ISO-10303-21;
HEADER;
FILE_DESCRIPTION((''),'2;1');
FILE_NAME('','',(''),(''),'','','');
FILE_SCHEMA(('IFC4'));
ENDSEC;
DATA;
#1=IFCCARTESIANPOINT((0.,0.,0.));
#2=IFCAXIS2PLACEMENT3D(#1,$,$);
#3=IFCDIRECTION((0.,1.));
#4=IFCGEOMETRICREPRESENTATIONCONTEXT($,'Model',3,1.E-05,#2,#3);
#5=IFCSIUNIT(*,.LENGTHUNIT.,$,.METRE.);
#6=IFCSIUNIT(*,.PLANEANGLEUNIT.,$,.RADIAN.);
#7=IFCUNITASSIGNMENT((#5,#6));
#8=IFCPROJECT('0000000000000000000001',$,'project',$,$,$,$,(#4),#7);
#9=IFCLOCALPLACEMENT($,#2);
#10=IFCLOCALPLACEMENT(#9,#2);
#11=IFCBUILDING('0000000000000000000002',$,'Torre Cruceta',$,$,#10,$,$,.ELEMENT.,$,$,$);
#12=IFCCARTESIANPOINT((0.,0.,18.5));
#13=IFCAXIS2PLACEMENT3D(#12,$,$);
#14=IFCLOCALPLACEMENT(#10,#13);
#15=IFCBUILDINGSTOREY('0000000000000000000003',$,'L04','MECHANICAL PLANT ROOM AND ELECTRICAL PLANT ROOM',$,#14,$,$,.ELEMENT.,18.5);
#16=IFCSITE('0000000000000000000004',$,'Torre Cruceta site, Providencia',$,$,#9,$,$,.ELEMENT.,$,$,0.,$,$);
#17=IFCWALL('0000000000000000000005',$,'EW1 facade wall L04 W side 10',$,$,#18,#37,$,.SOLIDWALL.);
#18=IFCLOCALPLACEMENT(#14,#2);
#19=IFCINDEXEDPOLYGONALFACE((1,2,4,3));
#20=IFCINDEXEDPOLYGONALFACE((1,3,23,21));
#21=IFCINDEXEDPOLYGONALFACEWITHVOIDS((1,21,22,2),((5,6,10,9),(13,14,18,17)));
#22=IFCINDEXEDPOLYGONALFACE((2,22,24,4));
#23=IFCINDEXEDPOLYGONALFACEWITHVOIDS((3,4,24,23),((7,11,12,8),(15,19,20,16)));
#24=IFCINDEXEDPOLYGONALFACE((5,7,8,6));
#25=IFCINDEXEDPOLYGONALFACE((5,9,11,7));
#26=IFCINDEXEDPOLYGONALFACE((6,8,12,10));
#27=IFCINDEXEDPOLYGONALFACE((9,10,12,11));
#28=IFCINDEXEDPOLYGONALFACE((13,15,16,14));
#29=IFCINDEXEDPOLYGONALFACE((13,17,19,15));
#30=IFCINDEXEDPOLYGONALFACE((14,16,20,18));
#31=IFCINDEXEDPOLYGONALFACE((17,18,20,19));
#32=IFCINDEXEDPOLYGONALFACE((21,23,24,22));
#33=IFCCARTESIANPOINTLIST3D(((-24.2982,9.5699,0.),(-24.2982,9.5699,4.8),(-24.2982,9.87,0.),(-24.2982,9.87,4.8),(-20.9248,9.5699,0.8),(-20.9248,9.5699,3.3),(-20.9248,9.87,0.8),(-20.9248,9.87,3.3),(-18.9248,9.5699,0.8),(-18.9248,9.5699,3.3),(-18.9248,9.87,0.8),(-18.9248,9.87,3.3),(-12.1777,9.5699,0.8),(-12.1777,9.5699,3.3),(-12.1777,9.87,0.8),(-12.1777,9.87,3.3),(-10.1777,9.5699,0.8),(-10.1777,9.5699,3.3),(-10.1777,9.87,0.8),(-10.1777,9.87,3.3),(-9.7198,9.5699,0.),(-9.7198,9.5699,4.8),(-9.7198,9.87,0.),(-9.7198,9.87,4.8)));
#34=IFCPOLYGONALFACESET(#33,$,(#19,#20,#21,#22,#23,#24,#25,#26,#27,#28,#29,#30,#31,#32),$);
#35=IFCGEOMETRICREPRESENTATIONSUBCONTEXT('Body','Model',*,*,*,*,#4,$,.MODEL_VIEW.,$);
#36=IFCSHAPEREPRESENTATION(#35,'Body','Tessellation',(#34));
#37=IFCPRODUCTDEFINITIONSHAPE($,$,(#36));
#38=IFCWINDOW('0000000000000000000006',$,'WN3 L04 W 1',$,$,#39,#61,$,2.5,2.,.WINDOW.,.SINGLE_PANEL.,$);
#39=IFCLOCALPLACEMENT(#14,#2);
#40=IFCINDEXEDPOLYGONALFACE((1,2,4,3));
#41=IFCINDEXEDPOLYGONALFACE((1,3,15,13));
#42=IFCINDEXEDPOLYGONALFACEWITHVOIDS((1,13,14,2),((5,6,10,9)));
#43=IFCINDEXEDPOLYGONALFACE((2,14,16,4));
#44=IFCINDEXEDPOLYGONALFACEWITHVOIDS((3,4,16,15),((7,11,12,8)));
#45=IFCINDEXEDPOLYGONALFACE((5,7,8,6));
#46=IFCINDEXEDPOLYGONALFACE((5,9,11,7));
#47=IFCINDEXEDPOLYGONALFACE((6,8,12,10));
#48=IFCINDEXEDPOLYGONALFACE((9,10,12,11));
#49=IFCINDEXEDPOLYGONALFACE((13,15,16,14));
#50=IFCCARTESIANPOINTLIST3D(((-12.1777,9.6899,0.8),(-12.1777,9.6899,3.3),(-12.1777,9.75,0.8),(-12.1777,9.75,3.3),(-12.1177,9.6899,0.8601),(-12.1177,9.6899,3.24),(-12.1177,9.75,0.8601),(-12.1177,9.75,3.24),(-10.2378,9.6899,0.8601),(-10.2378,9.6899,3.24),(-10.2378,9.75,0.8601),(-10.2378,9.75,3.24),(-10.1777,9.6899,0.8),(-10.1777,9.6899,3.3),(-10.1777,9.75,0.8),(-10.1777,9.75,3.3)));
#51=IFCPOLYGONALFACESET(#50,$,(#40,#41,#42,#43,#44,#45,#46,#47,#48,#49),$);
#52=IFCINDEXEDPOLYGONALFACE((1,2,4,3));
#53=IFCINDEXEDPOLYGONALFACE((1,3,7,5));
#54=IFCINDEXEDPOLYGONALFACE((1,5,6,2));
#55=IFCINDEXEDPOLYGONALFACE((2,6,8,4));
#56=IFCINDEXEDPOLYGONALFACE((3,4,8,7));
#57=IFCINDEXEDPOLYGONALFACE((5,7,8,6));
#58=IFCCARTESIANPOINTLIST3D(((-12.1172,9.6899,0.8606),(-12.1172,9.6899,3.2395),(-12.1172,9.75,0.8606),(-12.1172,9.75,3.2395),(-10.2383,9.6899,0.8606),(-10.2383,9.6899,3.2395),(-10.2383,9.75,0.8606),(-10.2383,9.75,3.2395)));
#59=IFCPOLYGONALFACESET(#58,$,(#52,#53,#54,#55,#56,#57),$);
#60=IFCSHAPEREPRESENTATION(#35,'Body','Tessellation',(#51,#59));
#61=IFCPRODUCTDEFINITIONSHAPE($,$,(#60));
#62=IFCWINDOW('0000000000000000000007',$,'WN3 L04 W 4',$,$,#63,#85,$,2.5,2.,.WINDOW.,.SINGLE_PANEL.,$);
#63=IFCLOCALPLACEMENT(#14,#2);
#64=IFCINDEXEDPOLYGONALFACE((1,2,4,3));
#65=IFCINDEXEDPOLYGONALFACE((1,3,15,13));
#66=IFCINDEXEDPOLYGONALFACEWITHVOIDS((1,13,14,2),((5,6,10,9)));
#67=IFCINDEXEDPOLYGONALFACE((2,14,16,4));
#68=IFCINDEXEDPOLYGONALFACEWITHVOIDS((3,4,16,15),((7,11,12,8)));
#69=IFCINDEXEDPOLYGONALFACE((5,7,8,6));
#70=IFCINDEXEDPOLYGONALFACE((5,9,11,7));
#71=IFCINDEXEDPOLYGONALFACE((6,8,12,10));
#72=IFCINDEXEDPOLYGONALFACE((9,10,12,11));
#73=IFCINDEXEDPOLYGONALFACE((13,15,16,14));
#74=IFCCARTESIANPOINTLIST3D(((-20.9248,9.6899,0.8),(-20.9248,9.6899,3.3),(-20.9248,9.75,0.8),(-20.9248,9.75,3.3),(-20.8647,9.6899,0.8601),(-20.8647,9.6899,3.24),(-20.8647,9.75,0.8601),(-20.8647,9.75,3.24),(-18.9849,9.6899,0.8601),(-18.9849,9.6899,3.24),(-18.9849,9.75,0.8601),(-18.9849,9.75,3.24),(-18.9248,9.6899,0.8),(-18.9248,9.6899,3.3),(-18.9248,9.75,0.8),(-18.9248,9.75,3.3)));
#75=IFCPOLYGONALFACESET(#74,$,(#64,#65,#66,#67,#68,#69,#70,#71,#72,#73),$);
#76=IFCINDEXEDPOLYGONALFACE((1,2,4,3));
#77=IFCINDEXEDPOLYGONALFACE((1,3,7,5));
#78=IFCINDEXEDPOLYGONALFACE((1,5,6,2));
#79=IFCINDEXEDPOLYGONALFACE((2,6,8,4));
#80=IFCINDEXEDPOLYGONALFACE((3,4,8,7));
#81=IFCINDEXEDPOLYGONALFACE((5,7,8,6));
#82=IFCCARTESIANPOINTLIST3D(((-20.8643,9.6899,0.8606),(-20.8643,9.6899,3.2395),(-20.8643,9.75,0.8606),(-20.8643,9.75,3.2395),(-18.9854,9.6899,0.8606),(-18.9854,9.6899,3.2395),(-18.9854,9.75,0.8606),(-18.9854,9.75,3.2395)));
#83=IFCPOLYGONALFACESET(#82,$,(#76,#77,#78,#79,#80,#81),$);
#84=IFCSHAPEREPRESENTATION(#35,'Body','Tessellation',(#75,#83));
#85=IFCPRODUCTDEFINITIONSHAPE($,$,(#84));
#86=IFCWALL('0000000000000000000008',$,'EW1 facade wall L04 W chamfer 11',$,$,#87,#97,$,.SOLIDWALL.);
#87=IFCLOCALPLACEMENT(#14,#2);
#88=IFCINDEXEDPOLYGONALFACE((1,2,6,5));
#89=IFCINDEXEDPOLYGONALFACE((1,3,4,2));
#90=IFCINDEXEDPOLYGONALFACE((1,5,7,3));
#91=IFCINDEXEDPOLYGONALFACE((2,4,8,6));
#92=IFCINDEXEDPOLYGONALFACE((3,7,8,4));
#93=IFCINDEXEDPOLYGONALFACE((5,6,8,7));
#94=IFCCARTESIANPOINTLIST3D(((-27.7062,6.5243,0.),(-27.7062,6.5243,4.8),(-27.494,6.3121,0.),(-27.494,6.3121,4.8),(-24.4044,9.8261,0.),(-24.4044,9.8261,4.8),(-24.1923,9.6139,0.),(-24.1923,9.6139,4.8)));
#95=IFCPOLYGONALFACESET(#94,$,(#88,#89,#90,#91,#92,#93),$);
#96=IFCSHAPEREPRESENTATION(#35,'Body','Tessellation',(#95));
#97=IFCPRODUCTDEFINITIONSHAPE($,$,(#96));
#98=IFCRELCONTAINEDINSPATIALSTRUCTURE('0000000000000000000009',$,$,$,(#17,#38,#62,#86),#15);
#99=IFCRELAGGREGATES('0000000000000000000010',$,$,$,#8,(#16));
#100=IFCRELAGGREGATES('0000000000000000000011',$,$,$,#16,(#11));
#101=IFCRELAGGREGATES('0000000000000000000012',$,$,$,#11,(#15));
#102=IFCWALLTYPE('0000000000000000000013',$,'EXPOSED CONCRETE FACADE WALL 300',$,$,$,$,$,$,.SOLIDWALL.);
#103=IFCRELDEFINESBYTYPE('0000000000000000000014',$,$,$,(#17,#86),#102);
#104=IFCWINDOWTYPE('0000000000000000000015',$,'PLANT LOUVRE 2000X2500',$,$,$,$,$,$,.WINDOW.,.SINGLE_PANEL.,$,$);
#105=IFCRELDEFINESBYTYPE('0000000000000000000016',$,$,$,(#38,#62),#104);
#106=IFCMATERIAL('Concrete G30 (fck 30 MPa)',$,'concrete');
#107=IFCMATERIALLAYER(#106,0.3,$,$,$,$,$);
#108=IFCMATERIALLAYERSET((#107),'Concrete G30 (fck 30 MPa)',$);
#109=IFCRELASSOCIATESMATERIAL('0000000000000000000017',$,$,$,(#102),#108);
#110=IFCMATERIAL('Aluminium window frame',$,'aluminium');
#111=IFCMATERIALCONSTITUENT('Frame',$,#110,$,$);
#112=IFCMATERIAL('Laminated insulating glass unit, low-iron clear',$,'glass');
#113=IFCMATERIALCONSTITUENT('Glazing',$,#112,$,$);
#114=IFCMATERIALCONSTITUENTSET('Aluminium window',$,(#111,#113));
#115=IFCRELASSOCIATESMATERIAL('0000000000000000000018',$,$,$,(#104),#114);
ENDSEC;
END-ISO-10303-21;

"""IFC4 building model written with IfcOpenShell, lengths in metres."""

from ifc_helpers import new_model, si_unit, direction, frame, frame_2d, origin, place, context, subcontext, project, spatial, rectangle, hollow_rectangle, extrude, material, layer, layer_set, constituent, constituent_set, type_object, element, fill, save


model = new_model("IFC4")

# Units and contexts
model_context = context("Model", 3, precision=1e-05, world=origin(), true_north=direction((0.0, 1.0)))
body_context = subcontext(model_context, "Body", "Model", "MODEL_VIEW")
ifc_project = project(units=[si_unit("LENGTHUNIT", "METRE"), si_unit("PLANEANGLEUNIT", "RADIAN")], contexts=[model_context])

# Site, building, storey
site_placement = place(None, origin())
site = spatial("IfcSite", under=ifc_project, at=site_placement, Name="Torre Cruceta site, Providencia", CompositionType="ELEMENT", RefElevation=0.0)
building_placement = place(site_placement, origin())
building = spatial("IfcBuilding", under=site, at=building_placement, Name="Torre Cruceta", CompositionType="ELEMENT")
storey_placement = place(building_placement, frame((0.0, 0.0, 18.5)))
storey = spatial("IfcBuildingStorey", under=building, at=storey_placement, Name="L04", Description="MECHANICAL PLANT ROOM AND ELECTRICAL PLANT ROOM", CompositionType="ELEMENT", Elevation=18.5)

# Shared definitions
ifc_material_1 = material(Name="Concrete G30 (fck 30 MPa)", Category="concrete")
ifc_layer_1 = layer(ifc_material_1, 0.3)
ifc_layer_set_1 = layer_set([ifc_layer_1], Name="Concrete G30 (fck 30 MPa)")
wall_type_1 = type_object("IfcWallType", Name="EXPOSED CONCRETE FACADE WALL 300", PredefinedType="SOLIDWALL", material=ifc_layer_set_1)

# Wall, openings, windows
ifc_material_2 = material(Name="Aluminium window frame", Category="aluminium")
ifc_constituent_1 = constituent(ifc_material_2, Name="Frame")
ifc_material_3 = material(Name="Laminated insulating glass unit, low-iron clear", Category="glass")
ifc_constituent_2 = constituent(ifc_material_3, Name="Glazing")
ifc_constituent_set_1 = constituent_set(constituents=[ifc_constituent_1, ifc_constituent_2], Name="Aluminium window")
window_type = type_object("IfcWindowType", Name="PLANT LOUVRE 2000X2500", PartitioningType="SINGLE_PANEL", PredefinedType="WINDOW", material=ifc_constituent_set_1)
wall_1_placement = place(storey_placement, frame((-9.72, 9.72, 0.0), z_axis=(0.0, 0.0, 1.0), x_axis=(-1.0, 0.0, 0.0)))
wall_1 = element("IfcWall", 1, at=wall_1_placement, inside=storey, type_object=wall_type_1, Name="EW1 facade wall L04 W side 10", PredefinedType="SOLIDWALL", context=body_context, shape_type="SweptSolid", body=[
    extrude(rectangle(XDim=14.5784, YDim=0.3, at=frame_2d((7.2891, 0.0))), origin(), (0.0, 0.0, 1.0), 4.8),
])
opening_1_placement = place(wall_1_placement, frame((0.4578, 0.0, 0.8)))
opening_1 = element("IfcOpeningElement", 2, at=opening_1_placement, cuts=wall_1, PredefinedType="OPENING", context=body_context, shape_type="SweptSolid", body=[
    extrude(rectangle(XDim=2.0, YDim=2.5, at=frame_2d((1.0, 1.25))), frame((0.0, 0.1599, 0.0), z_axis=(0.0, -1.0, 0.0), x_axis=(1.0, 0.0, 0.0)), (0.0, 0.0, 1.0), 0.3201),
])
opening_2_placement = place(wall_1_placement, frame((9.2048, 0.0, 0.8)))
opening_2 = element("IfcOpeningElement", 3, at=opening_2_placement, cuts=wall_1, PredefinedType="OPENING", context=body_context, shape_type="SweptSolid", body=[
    extrude(rectangle(XDim=2.0, YDim=2.5, at=frame_2d((1.0, 1.25))), frame((0.0, 0.1599, 0.0), z_axis=(0.0, -1.0, 0.0), x_axis=(1.0, 0.0, 0.0)), (0.0, 0.0, 1.0), 0.3201),
])
window_1_placement = place(opening_1_placement, origin())
window_1 = element("IfcWindow", 4, at=window_1_placement, inside=storey, type_object=window_type, Name="WN3 L04 W 1", OverallHeight=2.5, OverallWidth=2.0, PartitioningType="SINGLE_PANEL", PredefinedType="WINDOW", context=body_context, shape_type="SweptSolid", body=[
    extrude(hollow_rectangle(XDim=2.0, YDim=2.5, WallThickness=0.0601, at=frame_2d((1.0, 1.25))), frame((0.0, 0.03, 0.0), z_axis=(0.0, -1.0, 0.0), x_axis=(1.0, 0.0, 0.0)), (0.0, 0.0, 1.0), 0.0601),
    extrude(rectangle(XDim=1.8789, YDim=2.3789, at=frame_2d((1.0, 1.25))), frame((0.0, 0.03, 0.0), z_axis=(0.0, -1.0, 0.0), x_axis=(1.0, 0.0, 0.0)), (0.0, 0.0, 1.0), 0.0601),
])
fill(opening_1, window_1)
window_2_placement = place(opening_2_placement, origin())
window_2 = element("IfcWindow", 5, at=window_2_placement, inside=storey, type_object=window_type, Name="WN3 L04 W 4", OverallHeight=2.5, OverallWidth=2.0, PartitioningType="SINGLE_PANEL", PredefinedType="WINDOW", context=body_context, shape_type="SweptSolid", body=[
    extrude(hollow_rectangle(XDim=2.0, YDim=2.5, WallThickness=0.0601, at=frame_2d((1.0, 1.25))), frame((0.0, 0.03, 0.0), z_axis=(0.0, -1.0, 0.0), x_axis=(1.0, 0.0, 0.0)), (0.0, 0.0, 1.0), 0.0601),
    extrude(rectangle(XDim=1.8789, YDim=2.3789, at=frame_2d((1.0, 1.25))), frame((0.0, 0.03, 0.0), z_axis=(0.0, -1.0, 0.0), x_axis=(1.0, 0.0, 0.0)), (0.0, 0.0, 1.0), 0.0601),
])
fill(opening_2, window_2)

# Wall
wall_2_placement = place(storey_placement, frame((-24.2983, 9.72, 0.0), z_axis=(0.0, 0.0, 1.0), x_axis=(-0.707107, -0.707107, 0.0)))
element("IfcWall", 6, at=wall_2_placement, inside=storey, type_object=wall_type_1, Name="EW1 facade wall L04 W chamfer 11", PredefinedType="SOLIDWALL", context=body_context, shape_type="SweptSolid", body=[
    extrude(rectangle(XDim=4.6694, YDim=0.3, at=frame_2d((2.3347, 0.0))), origin(), (0.0, 0.0, 1.0), 4.8),
])

save(model, "model.ifc")
